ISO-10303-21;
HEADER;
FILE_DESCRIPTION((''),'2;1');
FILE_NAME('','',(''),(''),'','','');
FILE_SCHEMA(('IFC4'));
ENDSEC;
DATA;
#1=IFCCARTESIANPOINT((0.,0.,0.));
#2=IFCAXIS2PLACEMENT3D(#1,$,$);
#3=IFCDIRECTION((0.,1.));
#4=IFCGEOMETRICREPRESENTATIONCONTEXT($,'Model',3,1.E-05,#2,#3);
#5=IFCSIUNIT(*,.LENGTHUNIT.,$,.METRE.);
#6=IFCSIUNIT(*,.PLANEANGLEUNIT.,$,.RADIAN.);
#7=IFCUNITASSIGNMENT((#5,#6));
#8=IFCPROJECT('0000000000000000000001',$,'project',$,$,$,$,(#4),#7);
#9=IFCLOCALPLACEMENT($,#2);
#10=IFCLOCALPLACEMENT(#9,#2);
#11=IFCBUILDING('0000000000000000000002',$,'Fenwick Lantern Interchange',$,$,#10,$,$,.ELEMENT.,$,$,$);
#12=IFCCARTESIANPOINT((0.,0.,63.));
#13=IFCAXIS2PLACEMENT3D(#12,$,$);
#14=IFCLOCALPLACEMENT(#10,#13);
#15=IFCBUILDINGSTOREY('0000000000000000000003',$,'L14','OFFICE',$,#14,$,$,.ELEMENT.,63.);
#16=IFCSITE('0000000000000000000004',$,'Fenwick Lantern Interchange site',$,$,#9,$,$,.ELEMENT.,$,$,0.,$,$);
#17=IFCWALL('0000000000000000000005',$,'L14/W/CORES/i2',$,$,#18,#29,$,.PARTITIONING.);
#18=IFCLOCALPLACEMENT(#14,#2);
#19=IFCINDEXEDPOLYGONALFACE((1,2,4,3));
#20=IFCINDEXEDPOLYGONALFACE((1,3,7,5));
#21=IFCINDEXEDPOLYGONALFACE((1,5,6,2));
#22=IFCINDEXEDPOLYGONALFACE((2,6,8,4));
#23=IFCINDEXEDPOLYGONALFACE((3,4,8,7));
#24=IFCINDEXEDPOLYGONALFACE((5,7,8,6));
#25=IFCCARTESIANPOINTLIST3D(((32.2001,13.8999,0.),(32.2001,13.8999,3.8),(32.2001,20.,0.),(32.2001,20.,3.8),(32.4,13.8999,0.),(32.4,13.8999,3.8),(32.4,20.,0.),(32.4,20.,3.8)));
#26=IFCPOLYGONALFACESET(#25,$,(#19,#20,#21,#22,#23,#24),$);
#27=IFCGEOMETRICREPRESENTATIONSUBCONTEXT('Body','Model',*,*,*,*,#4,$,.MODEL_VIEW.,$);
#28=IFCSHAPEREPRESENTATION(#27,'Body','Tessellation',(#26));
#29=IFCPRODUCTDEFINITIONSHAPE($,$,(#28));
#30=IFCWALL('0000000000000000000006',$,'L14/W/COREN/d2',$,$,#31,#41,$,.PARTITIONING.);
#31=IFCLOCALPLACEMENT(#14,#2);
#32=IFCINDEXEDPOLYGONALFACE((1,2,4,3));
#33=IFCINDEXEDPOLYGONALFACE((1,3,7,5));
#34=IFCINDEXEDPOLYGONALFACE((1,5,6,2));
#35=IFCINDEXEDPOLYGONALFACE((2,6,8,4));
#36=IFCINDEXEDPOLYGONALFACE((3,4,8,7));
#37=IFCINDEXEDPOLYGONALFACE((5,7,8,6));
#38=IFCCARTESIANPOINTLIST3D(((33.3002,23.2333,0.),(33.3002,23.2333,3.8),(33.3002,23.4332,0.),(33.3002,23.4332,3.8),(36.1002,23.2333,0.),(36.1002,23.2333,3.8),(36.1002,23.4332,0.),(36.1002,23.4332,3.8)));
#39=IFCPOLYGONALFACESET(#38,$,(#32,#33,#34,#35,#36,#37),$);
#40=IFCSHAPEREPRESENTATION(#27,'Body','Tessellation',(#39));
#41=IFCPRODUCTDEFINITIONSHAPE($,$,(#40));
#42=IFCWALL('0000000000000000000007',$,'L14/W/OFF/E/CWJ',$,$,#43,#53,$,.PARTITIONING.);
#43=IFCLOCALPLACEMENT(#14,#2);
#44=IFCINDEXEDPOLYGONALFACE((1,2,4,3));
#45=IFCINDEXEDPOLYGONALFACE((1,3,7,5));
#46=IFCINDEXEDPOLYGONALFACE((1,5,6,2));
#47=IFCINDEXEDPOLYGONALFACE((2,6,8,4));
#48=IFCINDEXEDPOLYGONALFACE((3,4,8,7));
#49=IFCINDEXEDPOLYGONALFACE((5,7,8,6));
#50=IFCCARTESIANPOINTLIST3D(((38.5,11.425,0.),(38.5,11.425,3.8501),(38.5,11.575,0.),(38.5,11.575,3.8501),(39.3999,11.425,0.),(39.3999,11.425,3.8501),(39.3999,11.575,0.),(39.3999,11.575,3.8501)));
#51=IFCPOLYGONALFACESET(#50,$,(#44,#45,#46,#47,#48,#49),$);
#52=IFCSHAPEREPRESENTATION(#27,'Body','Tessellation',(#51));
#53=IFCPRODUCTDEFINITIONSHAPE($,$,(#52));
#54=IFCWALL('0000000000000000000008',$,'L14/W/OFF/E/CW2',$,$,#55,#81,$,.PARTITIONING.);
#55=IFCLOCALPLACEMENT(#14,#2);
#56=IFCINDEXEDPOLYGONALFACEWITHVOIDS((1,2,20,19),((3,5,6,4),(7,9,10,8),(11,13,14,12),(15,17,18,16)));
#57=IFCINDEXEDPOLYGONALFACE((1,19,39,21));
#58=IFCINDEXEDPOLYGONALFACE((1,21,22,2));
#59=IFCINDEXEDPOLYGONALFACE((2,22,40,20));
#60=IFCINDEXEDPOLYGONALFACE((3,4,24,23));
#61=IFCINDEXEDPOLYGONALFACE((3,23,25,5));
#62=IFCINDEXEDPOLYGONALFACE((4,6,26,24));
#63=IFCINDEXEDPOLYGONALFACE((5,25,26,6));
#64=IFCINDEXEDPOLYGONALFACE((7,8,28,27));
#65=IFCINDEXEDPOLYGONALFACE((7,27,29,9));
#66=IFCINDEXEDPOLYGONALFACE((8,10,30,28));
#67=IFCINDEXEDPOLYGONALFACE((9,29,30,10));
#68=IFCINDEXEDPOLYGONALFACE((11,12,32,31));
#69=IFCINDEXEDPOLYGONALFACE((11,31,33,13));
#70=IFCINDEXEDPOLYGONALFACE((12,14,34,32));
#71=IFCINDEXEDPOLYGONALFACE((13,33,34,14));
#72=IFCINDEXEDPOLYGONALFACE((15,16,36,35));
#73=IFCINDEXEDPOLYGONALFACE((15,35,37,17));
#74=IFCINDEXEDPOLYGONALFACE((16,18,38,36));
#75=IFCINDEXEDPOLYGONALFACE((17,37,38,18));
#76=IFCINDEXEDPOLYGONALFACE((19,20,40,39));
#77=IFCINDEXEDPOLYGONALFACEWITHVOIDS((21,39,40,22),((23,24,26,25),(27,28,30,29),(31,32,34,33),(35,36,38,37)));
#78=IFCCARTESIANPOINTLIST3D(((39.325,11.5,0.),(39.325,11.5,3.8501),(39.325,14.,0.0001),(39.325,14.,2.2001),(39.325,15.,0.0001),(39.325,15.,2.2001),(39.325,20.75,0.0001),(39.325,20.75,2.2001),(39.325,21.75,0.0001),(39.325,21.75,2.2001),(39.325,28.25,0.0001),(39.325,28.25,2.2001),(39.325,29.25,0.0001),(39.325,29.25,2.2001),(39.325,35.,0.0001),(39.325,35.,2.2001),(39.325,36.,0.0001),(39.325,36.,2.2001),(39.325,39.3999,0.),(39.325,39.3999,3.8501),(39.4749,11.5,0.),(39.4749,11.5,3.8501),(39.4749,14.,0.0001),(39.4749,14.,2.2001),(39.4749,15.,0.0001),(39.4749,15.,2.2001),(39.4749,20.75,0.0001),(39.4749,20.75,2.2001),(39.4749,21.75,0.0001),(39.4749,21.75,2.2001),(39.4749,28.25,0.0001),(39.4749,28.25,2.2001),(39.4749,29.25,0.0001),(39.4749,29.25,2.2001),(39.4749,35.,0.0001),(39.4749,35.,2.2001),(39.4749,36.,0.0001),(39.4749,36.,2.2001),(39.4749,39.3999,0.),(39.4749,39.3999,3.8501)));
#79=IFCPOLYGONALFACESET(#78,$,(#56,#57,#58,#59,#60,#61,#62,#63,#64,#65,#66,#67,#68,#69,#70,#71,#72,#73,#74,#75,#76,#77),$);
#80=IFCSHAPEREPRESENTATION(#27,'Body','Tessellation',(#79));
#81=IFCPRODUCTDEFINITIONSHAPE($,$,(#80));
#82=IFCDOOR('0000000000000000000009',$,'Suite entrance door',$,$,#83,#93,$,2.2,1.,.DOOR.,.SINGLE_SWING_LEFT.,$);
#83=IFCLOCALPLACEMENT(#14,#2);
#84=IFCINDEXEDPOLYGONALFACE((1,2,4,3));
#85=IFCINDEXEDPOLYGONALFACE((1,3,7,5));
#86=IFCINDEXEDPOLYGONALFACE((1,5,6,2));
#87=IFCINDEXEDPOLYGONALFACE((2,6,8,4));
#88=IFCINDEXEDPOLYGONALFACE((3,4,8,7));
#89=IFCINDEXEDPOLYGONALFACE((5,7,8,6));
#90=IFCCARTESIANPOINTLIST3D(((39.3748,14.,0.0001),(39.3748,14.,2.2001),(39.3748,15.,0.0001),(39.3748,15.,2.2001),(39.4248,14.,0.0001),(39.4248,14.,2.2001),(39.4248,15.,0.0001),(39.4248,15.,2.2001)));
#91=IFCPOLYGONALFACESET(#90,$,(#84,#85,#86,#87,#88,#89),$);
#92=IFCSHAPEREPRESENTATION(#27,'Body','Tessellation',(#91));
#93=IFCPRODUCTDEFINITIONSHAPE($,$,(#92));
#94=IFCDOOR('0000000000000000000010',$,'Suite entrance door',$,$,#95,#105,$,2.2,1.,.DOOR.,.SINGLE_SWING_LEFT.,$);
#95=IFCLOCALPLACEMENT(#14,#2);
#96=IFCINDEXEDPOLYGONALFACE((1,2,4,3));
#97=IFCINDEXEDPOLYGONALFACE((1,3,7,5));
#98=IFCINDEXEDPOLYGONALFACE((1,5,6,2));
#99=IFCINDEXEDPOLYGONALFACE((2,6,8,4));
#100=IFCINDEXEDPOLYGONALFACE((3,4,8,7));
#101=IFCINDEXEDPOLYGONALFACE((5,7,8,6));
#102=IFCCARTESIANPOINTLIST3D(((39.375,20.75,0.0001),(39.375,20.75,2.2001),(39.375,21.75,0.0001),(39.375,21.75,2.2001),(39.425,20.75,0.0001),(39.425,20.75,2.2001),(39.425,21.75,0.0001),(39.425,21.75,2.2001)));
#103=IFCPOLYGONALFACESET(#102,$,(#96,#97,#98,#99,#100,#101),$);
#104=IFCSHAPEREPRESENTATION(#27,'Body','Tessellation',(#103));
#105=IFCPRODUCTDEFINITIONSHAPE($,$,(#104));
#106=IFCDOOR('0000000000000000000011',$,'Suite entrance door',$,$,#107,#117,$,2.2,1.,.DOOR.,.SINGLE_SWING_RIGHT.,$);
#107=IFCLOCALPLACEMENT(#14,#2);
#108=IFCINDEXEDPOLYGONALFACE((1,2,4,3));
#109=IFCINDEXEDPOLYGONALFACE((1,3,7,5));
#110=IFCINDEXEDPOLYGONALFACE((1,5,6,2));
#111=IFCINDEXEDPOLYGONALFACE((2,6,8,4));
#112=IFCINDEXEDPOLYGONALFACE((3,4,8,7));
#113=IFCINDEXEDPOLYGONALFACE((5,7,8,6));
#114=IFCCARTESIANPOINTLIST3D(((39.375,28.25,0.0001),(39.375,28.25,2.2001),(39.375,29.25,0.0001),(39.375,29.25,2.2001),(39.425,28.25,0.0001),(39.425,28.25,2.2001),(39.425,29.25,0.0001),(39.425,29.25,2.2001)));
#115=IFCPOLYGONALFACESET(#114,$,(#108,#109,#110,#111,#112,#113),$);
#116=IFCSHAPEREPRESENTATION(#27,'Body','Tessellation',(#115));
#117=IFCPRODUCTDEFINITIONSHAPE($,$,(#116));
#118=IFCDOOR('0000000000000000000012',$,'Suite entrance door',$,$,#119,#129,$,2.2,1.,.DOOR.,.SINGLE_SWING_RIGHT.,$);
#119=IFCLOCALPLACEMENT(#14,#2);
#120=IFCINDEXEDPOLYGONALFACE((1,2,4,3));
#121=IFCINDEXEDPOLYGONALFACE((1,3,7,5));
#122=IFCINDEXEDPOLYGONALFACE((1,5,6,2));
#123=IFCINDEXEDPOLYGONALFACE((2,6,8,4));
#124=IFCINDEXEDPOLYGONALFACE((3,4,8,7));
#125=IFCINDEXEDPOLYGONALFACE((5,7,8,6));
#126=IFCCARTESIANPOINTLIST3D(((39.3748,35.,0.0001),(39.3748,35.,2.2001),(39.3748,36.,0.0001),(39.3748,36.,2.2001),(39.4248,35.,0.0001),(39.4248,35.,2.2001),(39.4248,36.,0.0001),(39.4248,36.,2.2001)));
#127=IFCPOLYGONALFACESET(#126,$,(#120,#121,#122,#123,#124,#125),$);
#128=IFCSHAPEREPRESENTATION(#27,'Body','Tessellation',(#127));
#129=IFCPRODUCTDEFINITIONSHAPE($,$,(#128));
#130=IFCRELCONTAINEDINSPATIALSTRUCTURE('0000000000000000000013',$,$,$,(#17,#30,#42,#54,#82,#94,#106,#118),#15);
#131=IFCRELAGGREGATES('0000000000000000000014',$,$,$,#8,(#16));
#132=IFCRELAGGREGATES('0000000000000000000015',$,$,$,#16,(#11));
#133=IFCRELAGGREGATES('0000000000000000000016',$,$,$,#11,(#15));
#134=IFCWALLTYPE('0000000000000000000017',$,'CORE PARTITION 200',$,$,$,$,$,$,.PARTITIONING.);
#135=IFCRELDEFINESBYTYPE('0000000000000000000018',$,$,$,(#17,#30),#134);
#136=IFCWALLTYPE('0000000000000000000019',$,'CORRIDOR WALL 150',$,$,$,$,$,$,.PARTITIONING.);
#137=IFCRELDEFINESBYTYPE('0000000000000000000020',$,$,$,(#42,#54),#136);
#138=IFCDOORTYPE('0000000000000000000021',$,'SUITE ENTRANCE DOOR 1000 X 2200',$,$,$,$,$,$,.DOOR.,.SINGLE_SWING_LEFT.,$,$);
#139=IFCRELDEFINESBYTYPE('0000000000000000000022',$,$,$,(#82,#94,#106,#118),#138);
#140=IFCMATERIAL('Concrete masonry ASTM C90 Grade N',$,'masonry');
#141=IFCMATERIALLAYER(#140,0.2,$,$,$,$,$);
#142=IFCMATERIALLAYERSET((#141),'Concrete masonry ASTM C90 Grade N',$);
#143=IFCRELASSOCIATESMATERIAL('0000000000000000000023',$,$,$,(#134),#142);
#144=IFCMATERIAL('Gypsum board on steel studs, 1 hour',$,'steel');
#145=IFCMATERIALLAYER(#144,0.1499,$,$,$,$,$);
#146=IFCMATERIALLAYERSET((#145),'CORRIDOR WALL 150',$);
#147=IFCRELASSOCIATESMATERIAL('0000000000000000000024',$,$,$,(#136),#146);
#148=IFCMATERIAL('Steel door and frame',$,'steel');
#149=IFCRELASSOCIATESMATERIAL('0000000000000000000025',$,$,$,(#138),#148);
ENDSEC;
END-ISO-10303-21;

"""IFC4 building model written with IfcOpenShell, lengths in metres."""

from ifc_helpers import new_model, si_unit, direction, frame, frame_2d, origin, place, context, subcontext, project, spatial, rectangle, extrude, material, layer, layer_set, type_object, element, fill, save


model = new_model("IFC4")

# Units and contexts
model_context = context("Model", 3, precision=1e-05, world=origin(), true_north=direction((0.0, 1.0)))
body_context = subcontext(model_context, "Body", "Model", "MODEL_VIEW")
ifc_project = project(units=[si_unit("LENGTHUNIT", "METRE"), si_unit("PLANEANGLEUNIT", "RADIAN")], contexts=[model_context])

# Site, building, storey
site_placement = place(None, origin())
site = spatial("IfcSite", under=ifc_project, at=site_placement, Name="Fenwick Lantern Interchange site", CompositionType="ELEMENT", RefElevation=0.0)
building_placement = place(site_placement, origin())
building = spatial("IfcBuilding", under=site, at=building_placement, Name="Fenwick Lantern Interchange", CompositionType="ELEMENT")
storey_placement = place(building_placement, frame((0.0, 0.0, 63.0)))
storey = spatial("IfcBuildingStorey", under=building, at=storey_placement, Name="L14", Description="OFFICE", CompositionType="ELEMENT", Elevation=63.0)

# Walls
ifc_material_1 = material(Name="Concrete masonry ASTM C90 Grade N", Category="masonry")
ifc_layer_1 = layer(ifc_material_1, 0.2)
ifc_layer_set_1 = layer_set([ifc_layer_1], Name="Concrete masonry ASTM C90 Grade N")
wall_type_1 = type_object("IfcWallType", Name="CORE PARTITION 200", PredefinedType="PARTITIONING", material=ifc_layer_set_1)
wall_1_placement = place(storey_placement, frame((32.3, 13.8999, 0.0), z_axis=(0.0, 0.0, 1.0), x_axis=(0.0, 1.0, 0.0)))
element("IfcWall", 1, at=wall_1_placement, inside=storey, type_object=wall_type_1, Name="L14/W/CORES/i2", PredefinedType="PARTITIONING", context=body_context, shape_type="SweptSolid", body=[
    extrude(rectangle(XDim=6.1001, YDim=0.2, at=frame_2d((3.05, 0.0))), origin(), (0.0, 0.0, 1.0), 3.8),
])
wall_2_placement = place(storey_placement, frame((36.1001, 23.3333, 0.0), z_axis=(0.0, 0.0, 1.0), x_axis=(-1.0, 0.0, 0.0)))
element("IfcWall", 2, at=wall_2_placement, inside=storey, type_object=wall_type_1, Name="L14/W/COREN/d2", PredefinedType="PARTITIONING", context=body_context, shape_type="SweptSolid", body=[
    extrude(rectangle(XDim=2.8, YDim=0.2, at=frame_2d((1.3999, 0.0))), origin(), (0.0, 0.0, 1.0), 3.8),
])

# Shared definitions
ifc_material_2 = material(Name="Steel door and frame", Category="steel")

# Wall
ifc_material_3 = material(Name="Gypsum board on steel studs, 1 hour", Category="steel")
ifc_layer_2 = layer(ifc_material_3, 0.1499)
ifc_layer_set_2 = layer_set([ifc_layer_2], Name="CORRIDOR WALL 150")
wall_type_2 = type_object("IfcWallType", Name="CORRIDOR WALL 150", PredefinedType="PARTITIONING", material=ifc_layer_set_2)
wall_3_placement = place(storey_placement, frame((38.5, 11.5, 0.0), z_axis=(0.0, 0.0, 1.0), x_axis=(1.0, 0.0, 0.0)))
element("IfcWall", 3, at=wall_3_placement, inside=storey, type_object=wall_type_2, Name="L14/W/OFF/E/CWJ", PredefinedType="PARTITIONING", context=body_context, shape_type="SweptSolid", body=[
    extrude(rectangle(XDim=0.8999, YDim=0.1499, at=frame_2d((0.45, 0.0))), origin(), (0.0, 0.0, 1.0), 3.8501),
])

# Wall, openings, doors
wall_4_placement = place(storey_placement, frame((39.3999, 11.5, 0.0), z_axis=(0.0, 0.0, 1.0), x_axis=(0.0, 1.0, 0.0)))
wall_4 = element("IfcWall", 4, at=wall_4_placement, inside=storey, type_object=wall_type_2, Name="L14/W/OFF/E/CW2", PredefinedType="PARTITIONING", context=body_context, shape_type="SweptSolid", body=[
    extrude(rectangle(XDim=27.8999, YDim=0.1499, at=frame_2d((13.95, 0.0))), origin(), (0.0, 0.0, 1.0), 3.8501),
])
opening_1_placement = place(wall_4_placement, frame((2.5, 0.0, 0.0)))
opening_1 = element("IfcOpeningElement", 5, at=opening_1_placement, cuts=wall_4, PredefinedType="OPENING", context=body_context, shape_type="SweptSolid", body=[
    extrude(rectangle(XDim=1.0, YDim=2.2, at=frame_2d((0.5, 1.1001))), frame((0.0, 0.085, 0.0), z_axis=(0.0, -1.0, 0.0), x_axis=(1.0, 0.0, 0.0)), (0.0, 0.0, 1.0), 0.1699),
])
opening_2_placement = place(wall_4_placement, frame((9.25, 0.0, 0.0)))
opening_2 = element("IfcOpeningElement", 6, at=opening_2_placement, cuts=wall_4, PredefinedType="OPENING", context=body_context, shape_type="SweptSolid", body=[
    extrude(rectangle(XDim=1.0, YDim=2.2, at=frame_2d((0.5, 1.1001))), frame((0.0, 0.085, 0.0), z_axis=(0.0, -1.0, 0.0), x_axis=(1.0, 0.0, 0.0)), (0.0, 0.0, 1.0), 0.1699),
])
opening_3_placement = place(wall_4_placement, frame((16.75, 0.0, 0.0)))
opening_3 = element("IfcOpeningElement", 7, at=opening_3_placement, cuts=wall_4, PredefinedType="OPENING", context=body_context, shape_type="SweptSolid", body=[
    extrude(rectangle(XDim=1.0, YDim=2.2, at=frame_2d((0.5, 1.1001))), frame((0.0, 0.085, 0.0), z_axis=(0.0, -1.0, 0.0), x_axis=(1.0, 0.0, 0.0)), (0.0, 0.0, 1.0), 0.1699),
])
opening_4_placement = place(wall_4_placement, frame((23.5, 0.0, 0.0)))
opening_4 = element("IfcOpeningElement", 8, at=opening_4_placement, cuts=wall_4, PredefinedType="OPENING", context=body_context, shape_type="SweptSolid", body=[
    extrude(rectangle(XDim=1.0, YDim=2.2, at=frame_2d((0.5, 1.1001))), frame((0.0, 0.085, 0.0), z_axis=(0.0, -1.0, 0.0), x_axis=(1.0, 0.0, 0.0)), (0.0, 0.0, 1.0), 0.1699),
])
door_type_1 = type_object("IfcDoorType", Name="SUITE ENTRANCE DOOR 1000 X 2200", OperationType="SINGLE_SWING_LEFT", PredefinedType="DOOR", material=ifc_material_2)
door_1_placement = place(opening_1_placement, frame((1.0, 0.0, 0.0), z_axis=(0.0, 0.0, 1.0), x_axis=(-1.0, 0.0, 0.0)))
door_1 = element("IfcDoor", 9, at=door_1_placement, inside=storey, type_object=door_type_1, Name="Suite entrance door", OperationType="SINGLE_SWING_LEFT", OverallHeight=2.2, OverallWidth=1.0, PredefinedType="DOOR", context=body_context, shape_type="SweptSolid", body=[
    extrude(rectangle(XDim=1.0, YDim=2.2, at=frame_2d((0.5, 1.1001))), frame((0.0, 0.0249, 0.0), z_axis=(0.0, -1.0, 0.0), x_axis=(1.0, 0.0, 0.0)), (0.0, 0.0, 1.0), 0.05),
])
fill(opening_1, door_1)
door_2_placement = place(opening_2_placement, origin())
door_2 = element("IfcDoor", 10, at=door_2_placement, inside=storey, type_object=door_type_1, Name="Suite entrance door", OperationType="SINGLE_SWING_LEFT", OverallHeight=2.2, OverallWidth=1.0, PredefinedType="DOOR", context=body_context, shape_type="SweptSolid", body=[
    extrude(rectangle(XDim=1.0, YDim=2.2, at=frame_2d((0.5, 1.1001))), frame((0.0, 0.0249, 0.0), z_axis=(0.0, -1.0, 0.0), x_axis=(1.0, 0.0, 0.0)), (0.0, 0.0, 1.0), 0.05),
])
fill(opening_2, door_2)
door_3_placement = place(opening_3_placement, origin())
door_3 = element("IfcDoor", 11, at=door_3_placement, inside=storey, type_object=door_type_1, Name="Suite entrance door", OperationType="SINGLE_SWING_RIGHT", OverallHeight=2.2, OverallWidth=1.0, PredefinedType="DOOR", context=body_context, shape_type="SweptSolid", body=[
    extrude(rectangle(XDim=1.0, YDim=2.2, at=frame_2d((0.5, 1.1001))), frame((0.0, 0.0249, 0.0), z_axis=(0.0, -1.0, 0.0), x_axis=(1.0, 0.0, 0.0)), (0.0, 0.0, 1.0), 0.05),
])
fill(opening_3, door_3)
door_4_placement = place(opening_4_placement, frame((1.0, 0.0, 0.0), z_axis=(0.0, 0.0, 1.0), x_axis=(-1.0, 0.0, 0.0)))
door_4 = element("IfcDoor", 12, at=door_4_placement, inside=storey, type_object=door_type_1, Name="Suite entrance door", OperationType="SINGLE_SWING_RIGHT", OverallHeight=2.2, OverallWidth=1.0, PredefinedType="DOOR", context=body_context, shape_type="SweptSolid", body=[
    extrude(rectangle(XDim=1.0, YDim=2.2, at=frame_2d((0.5, 1.1001))), frame((0.0, 0.0249, 0.0), z_axis=(0.0, -1.0, 0.0), x_axis=(1.0, 0.0, 0.0)), (0.0, 0.0, 1.0), 0.05),
])
fill(opening_4, door_4)

save(model, "model.ifc")
